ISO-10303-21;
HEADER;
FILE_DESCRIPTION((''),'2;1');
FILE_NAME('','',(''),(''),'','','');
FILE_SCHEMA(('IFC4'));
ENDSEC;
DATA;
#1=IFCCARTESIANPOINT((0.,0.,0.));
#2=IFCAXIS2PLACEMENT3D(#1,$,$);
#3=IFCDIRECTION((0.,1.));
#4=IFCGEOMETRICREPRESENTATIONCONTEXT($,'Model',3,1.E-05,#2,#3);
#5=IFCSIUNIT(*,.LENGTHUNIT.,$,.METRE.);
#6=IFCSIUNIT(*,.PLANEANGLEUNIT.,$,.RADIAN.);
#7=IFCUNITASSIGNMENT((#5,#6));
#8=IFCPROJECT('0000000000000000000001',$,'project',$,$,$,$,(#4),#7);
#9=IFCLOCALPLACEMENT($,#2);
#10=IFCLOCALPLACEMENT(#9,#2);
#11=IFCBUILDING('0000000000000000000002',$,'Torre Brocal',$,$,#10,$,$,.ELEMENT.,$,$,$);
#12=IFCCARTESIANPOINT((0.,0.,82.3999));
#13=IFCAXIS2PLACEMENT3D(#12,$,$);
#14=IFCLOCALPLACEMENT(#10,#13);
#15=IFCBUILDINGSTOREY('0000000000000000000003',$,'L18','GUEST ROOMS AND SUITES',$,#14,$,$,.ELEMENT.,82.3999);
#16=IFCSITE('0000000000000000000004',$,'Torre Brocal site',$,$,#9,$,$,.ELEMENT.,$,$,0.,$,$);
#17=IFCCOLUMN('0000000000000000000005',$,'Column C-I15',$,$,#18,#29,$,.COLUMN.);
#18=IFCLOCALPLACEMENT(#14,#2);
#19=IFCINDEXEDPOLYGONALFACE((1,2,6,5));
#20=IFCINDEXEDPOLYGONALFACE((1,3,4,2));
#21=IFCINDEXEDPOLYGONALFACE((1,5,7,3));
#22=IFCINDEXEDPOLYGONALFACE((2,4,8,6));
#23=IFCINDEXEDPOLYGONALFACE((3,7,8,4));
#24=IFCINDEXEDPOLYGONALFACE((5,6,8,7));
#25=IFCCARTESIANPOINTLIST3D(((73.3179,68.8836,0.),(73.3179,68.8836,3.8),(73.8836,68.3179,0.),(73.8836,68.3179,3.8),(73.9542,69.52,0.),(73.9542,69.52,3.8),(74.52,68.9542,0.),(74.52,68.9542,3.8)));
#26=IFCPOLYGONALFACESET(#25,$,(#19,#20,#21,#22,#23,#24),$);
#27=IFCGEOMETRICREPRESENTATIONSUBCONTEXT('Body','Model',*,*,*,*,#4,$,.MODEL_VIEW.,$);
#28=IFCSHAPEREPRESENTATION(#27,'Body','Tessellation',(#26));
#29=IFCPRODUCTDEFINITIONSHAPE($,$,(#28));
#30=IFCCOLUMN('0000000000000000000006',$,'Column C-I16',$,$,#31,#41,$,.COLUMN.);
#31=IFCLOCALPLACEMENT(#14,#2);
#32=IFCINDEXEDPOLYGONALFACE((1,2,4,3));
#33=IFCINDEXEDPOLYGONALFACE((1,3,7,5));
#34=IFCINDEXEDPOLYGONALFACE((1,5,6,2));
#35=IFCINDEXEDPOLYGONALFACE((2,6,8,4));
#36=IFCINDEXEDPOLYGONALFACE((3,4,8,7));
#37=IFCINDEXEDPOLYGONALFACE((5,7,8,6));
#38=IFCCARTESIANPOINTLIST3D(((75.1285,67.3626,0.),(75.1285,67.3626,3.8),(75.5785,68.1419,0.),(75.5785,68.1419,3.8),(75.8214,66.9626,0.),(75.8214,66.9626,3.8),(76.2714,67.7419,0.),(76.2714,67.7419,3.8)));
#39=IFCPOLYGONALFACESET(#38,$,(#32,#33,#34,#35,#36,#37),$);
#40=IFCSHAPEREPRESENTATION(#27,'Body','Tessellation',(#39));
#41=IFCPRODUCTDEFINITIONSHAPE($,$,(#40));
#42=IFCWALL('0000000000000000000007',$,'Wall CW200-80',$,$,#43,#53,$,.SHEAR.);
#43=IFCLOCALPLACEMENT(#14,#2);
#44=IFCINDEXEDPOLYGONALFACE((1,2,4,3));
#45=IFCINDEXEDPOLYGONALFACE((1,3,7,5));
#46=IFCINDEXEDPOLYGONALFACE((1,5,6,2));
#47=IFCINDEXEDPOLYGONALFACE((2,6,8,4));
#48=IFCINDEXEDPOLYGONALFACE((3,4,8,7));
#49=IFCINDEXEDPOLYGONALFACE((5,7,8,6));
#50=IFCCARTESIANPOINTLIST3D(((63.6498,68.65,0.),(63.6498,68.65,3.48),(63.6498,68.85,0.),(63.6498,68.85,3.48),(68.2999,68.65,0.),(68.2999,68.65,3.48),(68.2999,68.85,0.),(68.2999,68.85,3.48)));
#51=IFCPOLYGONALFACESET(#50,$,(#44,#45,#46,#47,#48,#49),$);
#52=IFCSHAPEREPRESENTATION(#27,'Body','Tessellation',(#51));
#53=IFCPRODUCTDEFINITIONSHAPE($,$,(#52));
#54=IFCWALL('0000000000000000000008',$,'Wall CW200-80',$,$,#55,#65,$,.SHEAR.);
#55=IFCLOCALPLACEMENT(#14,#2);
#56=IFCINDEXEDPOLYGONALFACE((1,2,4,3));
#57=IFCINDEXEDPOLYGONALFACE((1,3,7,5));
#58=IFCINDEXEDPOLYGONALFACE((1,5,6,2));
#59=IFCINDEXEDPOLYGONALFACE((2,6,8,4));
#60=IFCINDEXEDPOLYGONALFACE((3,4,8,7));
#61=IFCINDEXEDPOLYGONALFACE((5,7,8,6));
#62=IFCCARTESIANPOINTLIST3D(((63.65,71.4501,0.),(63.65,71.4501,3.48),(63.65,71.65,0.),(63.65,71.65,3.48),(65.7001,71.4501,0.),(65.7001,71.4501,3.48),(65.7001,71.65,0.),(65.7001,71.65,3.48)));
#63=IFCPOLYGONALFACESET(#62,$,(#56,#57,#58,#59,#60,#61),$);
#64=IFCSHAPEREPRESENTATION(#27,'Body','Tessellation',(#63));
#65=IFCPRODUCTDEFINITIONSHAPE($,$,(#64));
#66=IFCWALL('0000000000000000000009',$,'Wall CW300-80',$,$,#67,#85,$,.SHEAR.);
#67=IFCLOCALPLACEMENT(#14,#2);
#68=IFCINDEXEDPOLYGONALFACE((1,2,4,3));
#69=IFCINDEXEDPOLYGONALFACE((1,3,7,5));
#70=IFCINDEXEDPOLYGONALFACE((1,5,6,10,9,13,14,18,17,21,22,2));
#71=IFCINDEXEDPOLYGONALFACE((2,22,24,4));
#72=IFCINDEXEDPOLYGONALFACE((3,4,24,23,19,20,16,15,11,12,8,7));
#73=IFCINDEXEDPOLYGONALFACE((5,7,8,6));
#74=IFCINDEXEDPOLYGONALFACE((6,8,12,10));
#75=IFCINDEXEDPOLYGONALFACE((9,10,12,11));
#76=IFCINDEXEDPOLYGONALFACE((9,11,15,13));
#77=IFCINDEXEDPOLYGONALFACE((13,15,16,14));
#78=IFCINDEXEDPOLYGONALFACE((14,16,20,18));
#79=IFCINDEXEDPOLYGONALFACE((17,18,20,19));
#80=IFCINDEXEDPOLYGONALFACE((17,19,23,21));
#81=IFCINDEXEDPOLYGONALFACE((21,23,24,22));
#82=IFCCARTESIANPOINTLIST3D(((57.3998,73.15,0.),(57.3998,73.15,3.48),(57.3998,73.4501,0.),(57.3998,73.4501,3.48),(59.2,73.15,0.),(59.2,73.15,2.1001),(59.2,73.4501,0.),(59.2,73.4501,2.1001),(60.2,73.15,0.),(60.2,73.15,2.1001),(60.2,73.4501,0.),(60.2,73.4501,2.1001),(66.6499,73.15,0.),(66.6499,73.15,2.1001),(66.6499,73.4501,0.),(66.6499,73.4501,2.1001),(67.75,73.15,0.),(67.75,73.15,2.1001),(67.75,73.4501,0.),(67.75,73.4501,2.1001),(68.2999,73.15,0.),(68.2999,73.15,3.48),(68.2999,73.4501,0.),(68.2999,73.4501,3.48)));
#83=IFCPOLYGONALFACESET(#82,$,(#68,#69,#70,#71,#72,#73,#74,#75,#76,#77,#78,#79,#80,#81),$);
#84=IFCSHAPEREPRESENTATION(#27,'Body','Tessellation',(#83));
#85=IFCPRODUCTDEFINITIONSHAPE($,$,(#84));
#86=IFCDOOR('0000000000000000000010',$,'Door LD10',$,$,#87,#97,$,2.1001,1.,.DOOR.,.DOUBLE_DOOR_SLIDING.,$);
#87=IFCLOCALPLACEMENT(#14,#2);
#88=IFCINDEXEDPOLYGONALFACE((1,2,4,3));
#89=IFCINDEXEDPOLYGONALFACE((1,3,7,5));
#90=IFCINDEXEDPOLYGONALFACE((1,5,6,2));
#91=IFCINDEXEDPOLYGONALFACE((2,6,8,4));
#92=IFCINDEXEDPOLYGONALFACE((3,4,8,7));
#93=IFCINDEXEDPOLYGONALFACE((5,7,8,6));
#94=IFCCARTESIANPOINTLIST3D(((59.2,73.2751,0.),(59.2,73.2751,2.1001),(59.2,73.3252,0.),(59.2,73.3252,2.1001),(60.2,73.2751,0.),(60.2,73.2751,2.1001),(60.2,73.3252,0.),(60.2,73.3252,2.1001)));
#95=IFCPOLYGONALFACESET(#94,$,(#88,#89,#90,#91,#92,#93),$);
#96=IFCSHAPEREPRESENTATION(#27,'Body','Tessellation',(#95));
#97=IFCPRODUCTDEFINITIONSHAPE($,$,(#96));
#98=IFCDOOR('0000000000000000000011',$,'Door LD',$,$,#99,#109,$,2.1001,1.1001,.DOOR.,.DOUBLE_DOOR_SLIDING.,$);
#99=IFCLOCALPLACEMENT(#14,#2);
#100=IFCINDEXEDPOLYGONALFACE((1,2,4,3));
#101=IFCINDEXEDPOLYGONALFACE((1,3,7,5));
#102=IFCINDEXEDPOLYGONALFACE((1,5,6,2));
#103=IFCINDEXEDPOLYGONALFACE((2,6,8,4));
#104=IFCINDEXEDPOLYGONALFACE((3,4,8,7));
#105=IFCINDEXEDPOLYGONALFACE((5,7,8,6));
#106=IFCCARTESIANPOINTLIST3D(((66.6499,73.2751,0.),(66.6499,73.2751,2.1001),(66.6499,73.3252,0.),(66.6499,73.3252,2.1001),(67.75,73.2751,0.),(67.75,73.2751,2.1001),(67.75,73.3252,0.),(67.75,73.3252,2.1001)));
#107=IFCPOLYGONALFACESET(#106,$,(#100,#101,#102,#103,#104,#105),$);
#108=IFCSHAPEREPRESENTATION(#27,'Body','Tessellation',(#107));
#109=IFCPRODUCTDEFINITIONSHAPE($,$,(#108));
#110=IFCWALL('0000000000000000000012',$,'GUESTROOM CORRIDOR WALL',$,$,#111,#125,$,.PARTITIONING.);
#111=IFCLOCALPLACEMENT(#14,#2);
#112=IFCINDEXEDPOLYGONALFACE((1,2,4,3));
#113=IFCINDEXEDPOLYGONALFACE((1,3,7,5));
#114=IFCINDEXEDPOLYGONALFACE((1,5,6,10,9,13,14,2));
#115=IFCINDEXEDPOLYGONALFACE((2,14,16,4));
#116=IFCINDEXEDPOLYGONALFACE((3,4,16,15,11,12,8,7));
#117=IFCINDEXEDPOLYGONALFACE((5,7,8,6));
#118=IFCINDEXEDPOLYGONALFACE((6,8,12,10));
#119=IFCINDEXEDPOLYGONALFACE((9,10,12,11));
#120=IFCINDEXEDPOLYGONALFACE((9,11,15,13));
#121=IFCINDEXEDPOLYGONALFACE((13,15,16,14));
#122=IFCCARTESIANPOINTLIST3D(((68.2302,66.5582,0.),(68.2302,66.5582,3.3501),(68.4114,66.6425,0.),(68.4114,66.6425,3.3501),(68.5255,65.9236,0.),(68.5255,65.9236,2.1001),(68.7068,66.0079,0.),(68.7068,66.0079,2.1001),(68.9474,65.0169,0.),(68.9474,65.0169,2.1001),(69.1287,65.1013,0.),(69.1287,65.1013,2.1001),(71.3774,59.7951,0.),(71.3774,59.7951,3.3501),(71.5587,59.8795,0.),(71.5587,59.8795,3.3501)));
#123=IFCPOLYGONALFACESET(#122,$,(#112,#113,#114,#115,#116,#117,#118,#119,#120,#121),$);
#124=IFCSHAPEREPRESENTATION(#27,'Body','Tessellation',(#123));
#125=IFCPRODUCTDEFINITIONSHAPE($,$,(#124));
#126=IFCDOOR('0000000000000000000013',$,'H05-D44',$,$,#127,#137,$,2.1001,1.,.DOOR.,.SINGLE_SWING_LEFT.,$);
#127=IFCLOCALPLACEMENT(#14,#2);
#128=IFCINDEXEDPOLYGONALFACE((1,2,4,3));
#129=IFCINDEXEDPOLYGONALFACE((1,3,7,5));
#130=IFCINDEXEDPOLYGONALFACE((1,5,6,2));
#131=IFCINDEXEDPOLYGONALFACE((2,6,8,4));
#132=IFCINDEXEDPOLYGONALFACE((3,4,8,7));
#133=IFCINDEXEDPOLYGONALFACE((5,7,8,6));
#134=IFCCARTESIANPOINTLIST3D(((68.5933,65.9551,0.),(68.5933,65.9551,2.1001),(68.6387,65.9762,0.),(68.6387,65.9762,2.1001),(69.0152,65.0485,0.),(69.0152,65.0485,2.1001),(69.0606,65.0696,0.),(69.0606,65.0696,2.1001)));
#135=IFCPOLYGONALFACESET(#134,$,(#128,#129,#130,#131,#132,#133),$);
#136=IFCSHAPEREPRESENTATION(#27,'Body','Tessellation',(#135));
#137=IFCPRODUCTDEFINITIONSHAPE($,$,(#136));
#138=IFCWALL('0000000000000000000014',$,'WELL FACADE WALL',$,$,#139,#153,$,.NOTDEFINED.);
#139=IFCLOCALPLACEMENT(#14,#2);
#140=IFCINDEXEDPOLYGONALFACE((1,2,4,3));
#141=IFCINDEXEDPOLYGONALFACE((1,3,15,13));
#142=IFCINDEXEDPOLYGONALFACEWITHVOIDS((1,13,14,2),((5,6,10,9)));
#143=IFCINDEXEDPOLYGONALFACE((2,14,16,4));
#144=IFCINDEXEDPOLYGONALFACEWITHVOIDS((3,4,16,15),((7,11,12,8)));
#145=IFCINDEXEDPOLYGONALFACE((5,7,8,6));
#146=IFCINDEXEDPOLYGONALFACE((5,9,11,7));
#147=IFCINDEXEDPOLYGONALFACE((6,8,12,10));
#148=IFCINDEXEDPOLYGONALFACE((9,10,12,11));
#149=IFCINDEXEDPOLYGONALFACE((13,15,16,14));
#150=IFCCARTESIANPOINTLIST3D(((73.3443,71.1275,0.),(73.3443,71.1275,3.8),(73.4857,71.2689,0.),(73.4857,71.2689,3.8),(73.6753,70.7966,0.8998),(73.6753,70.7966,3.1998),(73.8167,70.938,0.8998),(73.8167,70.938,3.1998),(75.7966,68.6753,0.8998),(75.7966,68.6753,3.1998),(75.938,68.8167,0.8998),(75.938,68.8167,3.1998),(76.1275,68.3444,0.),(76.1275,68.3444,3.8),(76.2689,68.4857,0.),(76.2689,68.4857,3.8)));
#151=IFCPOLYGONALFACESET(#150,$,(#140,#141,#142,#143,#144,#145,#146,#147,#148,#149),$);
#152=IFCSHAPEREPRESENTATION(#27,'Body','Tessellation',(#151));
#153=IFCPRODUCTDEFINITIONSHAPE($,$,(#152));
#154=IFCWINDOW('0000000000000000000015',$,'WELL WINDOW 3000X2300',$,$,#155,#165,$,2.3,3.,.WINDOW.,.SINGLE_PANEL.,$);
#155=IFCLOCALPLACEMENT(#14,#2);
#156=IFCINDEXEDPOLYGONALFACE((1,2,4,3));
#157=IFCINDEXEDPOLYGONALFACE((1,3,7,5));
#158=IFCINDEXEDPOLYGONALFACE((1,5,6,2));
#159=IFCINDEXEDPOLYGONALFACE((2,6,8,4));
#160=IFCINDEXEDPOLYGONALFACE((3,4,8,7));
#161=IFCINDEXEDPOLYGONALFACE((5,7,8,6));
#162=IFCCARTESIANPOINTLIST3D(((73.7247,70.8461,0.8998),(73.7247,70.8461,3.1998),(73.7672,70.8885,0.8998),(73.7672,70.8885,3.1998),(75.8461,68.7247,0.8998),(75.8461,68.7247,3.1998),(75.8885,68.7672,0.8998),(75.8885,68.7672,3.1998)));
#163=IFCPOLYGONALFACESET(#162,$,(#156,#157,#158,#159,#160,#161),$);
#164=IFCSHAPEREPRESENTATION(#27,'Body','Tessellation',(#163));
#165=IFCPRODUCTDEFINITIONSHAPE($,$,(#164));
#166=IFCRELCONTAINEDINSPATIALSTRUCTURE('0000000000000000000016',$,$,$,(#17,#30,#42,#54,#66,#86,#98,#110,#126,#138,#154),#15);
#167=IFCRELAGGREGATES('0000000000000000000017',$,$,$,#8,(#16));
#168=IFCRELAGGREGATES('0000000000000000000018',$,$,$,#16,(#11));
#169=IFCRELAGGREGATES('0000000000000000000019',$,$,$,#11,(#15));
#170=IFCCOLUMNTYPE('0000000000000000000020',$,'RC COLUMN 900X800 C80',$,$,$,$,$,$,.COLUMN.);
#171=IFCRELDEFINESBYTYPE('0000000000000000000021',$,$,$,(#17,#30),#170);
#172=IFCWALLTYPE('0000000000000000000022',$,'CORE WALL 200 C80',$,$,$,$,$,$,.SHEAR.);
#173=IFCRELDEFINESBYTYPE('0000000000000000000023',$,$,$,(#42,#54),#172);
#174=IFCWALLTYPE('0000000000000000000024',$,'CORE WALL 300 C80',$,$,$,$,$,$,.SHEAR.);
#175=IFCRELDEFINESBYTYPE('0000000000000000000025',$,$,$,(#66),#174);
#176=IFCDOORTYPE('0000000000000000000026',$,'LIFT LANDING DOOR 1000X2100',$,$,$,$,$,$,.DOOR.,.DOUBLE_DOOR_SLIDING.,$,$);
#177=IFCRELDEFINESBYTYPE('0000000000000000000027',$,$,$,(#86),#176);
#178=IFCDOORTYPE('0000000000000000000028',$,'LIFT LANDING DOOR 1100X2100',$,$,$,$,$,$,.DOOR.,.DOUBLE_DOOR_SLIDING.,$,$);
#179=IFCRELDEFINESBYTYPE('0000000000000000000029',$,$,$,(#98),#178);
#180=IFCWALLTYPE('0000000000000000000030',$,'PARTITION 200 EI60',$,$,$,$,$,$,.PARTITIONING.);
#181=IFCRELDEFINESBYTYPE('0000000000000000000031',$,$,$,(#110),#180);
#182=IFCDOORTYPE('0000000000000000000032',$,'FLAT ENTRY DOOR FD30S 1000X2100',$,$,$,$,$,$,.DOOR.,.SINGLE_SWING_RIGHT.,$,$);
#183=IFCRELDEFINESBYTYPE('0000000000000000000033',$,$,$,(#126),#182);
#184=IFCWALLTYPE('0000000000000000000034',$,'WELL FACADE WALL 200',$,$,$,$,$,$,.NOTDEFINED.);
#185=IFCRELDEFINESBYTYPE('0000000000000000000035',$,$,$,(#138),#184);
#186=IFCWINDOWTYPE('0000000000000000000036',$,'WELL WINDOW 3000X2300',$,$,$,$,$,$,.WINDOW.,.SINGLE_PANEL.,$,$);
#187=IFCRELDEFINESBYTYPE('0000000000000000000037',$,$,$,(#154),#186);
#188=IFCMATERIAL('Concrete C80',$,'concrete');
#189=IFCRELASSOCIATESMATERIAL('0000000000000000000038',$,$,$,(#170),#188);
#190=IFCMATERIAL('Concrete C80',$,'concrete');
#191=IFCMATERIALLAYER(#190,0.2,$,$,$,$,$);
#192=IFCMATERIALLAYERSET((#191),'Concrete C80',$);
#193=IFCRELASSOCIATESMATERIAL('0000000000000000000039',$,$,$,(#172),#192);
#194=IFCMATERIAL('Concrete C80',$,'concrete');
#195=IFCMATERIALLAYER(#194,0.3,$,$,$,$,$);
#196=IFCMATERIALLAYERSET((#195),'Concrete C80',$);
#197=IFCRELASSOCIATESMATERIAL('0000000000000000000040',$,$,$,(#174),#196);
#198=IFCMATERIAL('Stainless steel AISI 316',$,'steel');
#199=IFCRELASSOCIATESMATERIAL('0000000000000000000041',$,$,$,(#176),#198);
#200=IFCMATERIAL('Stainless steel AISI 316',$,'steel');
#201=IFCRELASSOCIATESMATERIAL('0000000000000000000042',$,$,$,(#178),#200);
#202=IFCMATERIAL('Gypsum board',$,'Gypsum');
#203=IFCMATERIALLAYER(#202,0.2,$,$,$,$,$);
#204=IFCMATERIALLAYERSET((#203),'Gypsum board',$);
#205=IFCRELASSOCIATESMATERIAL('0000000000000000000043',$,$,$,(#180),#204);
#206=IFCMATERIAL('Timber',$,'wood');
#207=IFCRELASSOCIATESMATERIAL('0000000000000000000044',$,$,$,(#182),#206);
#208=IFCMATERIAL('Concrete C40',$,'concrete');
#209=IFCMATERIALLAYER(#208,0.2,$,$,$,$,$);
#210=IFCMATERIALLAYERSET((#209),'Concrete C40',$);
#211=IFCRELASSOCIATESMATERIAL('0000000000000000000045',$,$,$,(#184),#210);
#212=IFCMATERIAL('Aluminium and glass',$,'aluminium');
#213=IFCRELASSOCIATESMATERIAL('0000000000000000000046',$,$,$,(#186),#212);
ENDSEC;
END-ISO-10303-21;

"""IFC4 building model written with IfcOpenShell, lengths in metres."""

from ifc_helpers import new_model, si_unit, direction, frame, frame_2d, origin, origin_2d, place, context, subcontext, project, spatial, rectangle, extrude, material, layer, layer_set, material_profile, profile_set, type_object, element, fill, save


model = new_model("IFC4")

# Units and contexts
model_context = context("Model", 3, precision=1e-05, world=origin(), true_north=direction((0.0, 1.0)))
body_context = subcontext(model_context, "Body", "Model", "MODEL_VIEW")
ifc_project = project(units=[si_unit("LENGTHUNIT", "METRE"), si_unit("PLANEANGLEUNIT", "RADIAN")], contexts=[model_context])

# Site, building, storey
site_placement = place(None, origin())
site = spatial("IfcSite", under=ifc_project, at=site_placement, Name="Torre Brocal site", CompositionType="ELEMENT", RefElevation=0.0)
building_placement = place(site_placement, origin())
building = spatial("IfcBuilding", under=site, at=building_placement, Name="Torre Brocal", CompositionType="ELEMENT")
storey_placement = place(building_placement, frame((0.0, 0.0, 82.3999)))
storey = spatial("IfcBuildingStorey", under=building, at=storey_placement, Name="L18", Description="GUEST ROOMS AND SUITES", CompositionType="ELEMENT", Elevation=82.3999)

# Columns
ifc_material_1 = material(Name="Concrete C80", Category="concrete")
ifc_material_profile = material_profile(ifc_material_1, rectangle(XDim=0.8999, YDim=0.8, at=origin_2d()), Name="RC 900X800")
ifc_profile_set = profile_set([ifc_material_profile], Name="Concrete C80")
column_type = type_object("IfcColumnType", Name="RC COLUMN 900X800 C80", PredefinedType="COLUMN", material=ifc_profile_set)
for number, where, z_axis, x_axis, name in (
    (1, (73.9189, 68.9189, 0.0), (0.0, 0.0, 1.0), (-0.707107, -0.707107, 0.0), "Column C-I15"),
    (2, (75.7, 67.5522, 0.0), (0.0, 0.0, 1.0), (-0.5, -0.866025, 0.0), "Column C-I16"),
):
    element("IfcColumn", number, at=place(storey_placement, frame(where, z_axis=z_axis, x_axis=x_axis)), inside=storey, type_object=column_type, Name=name, PredefinedType="COLUMN", context=body_context, shape_type="SweptSolid", body=[
        extrude(rectangle(XDim=0.8999, YDim=0.8, at=origin_2d()), origin(), (0.0, 0.0, 1.0), 3.8),
    ])

# Walls
ifc_material_2 = material(Name="Concrete C80", Category="concrete")
ifc_layer_1 = layer(ifc_material_2, 0.2)
ifc_layer_set_1 = layer_set([ifc_layer_1], Name="Concrete C80")
wall_type_1 = type_object("IfcWallType", Name="CORE WALL 200 C80", PredefinedType="SHEAR", material=ifc_layer_set_1)
wall_1_placement = place(storey_placement, frame((68.3, 68.75, 0.0), z_axis=(0.0, 0.0, 1.0), x_axis=(-1.0, 0.0, 0.0)))
element("IfcWall", 3, at=wall_1_placement, inside=storey, type_object=wall_type_1, Name="Wall CW200-80", PredefinedType="SHEAR", context=body_context, shape_type="SweptSolid", body=[
    extrude(rectangle(XDim=4.6501, YDim=0.2, at=frame_2d((2.3252, 0.0))), origin(), (0.0, 0.0, 1.0), 3.48),
])
wall_2_placement = place(storey_placement, frame((65.7, 71.55, 0.0), z_axis=(0.0, 0.0, 1.0), x_axis=(-1.0, 0.0, 0.0)))
element("IfcWall", 4, at=wall_2_placement, inside=storey, type_object=wall_type_1, Name="Wall CW200-80", PredefinedType="SHEAR", context=body_context, shape_type="SweptSolid", body=[
    extrude(rectangle(XDim=2.05, YDim=0.2, at=frame_2d((1.0249, 0.0))), origin(), (0.0, 0.0, 1.0), 3.48),
])

# Wall, openings, doors
ifc_material_3 = material(Name="Concrete C80", Category="concrete")
ifc_layer_2 = layer(ifc_material_3, 0.3)
ifc_layer_set_2 = layer_set([ifc_layer_2], Name="Concrete C80")
wall_type_2 = type_object("IfcWallType", Name="CORE WALL 300 C80", PredefinedType="SHEAR", material=ifc_layer_set_2)
wall_3_placement = place(storey_placement, frame((68.3, 73.3, 0.0), z_axis=(0.0, 0.0, 1.0), x_axis=(-1.0, 0.0, 0.0)))
wall_3 = element("IfcWall", 5, at=wall_3_placement, inside=storey, type_object=wall_type_2, Name="Wall CW300-80", PredefinedType="SHEAR", context=body_context, shape_type="SweptSolid", body=[
    extrude(rectangle(XDim=10.9001, YDim=0.3, at=frame_2d((5.4502, 0.0))), origin(), (0.0, 0.0, 1.0), 3.48),
])
opening_1_placement = place(wall_3_placement, frame((0.55, 0.0, 0.0)))
opening_1 = element("IfcOpeningElement", 6, at=opening_1_placement, cuts=wall_3, PredefinedType="OPENING", context=body_context, shape_type="SweptSolid", body=[
    extrude(rectangle(XDim=1.1001, YDim=2.1001, at=frame_2d((0.55, 1.05))), frame((0.0, 0.1599, 0.0), z_axis=(0.0, -1.0, 0.0), x_axis=(1.0, 0.0, 0.0)), (0.0, 0.0, 1.0), 0.3201),
])
opening_2_placement = place(wall_3_placement, frame((8.1001, 0.0, 0.0)))
opening_2 = element("IfcOpeningElement", 7, at=opening_2_placement, cuts=wall_3, PredefinedType="OPENING", context=body_context, shape_type="SweptSolid", body=[
    extrude(rectangle(XDim=1.0, YDim=2.1001, at=frame_2d((0.5, 1.05))), frame((0.0, 0.1599, 0.0), z_axis=(0.0, -1.0, 0.0), x_axis=(1.0, 0.0, 0.0)), (0.0, 0.0, 1.0), 0.3201),
])
ifc_material_4 = material(Name="Stainless steel AISI 316", Category="steel")
door_type_1 = type_object("IfcDoorType", Name="LIFT LANDING DOOR 1000X2100", OperationType="DOUBLE_DOOR_SLIDING", PredefinedType="DOOR", material=ifc_material_4)
door_1_placement = place(opening_2_placement, origin())
door_1 = element("IfcDoor", 8, at=door_1_placement, inside=storey, type_object=door_type_1, Name="Door LD10", OperationType="DOUBLE_DOOR_SLIDING", OverallHeight=2.1001, OverallWidth=1.0, PredefinedType="DOOR", context=body_context, shape_type="SweptSolid", body=[
    extrude(rectangle(XDim=1.0, YDim=2.1001, at=frame_2d((0.5, 1.05))), frame((0.0, 0.0249, 0.0), z_axis=(0.0, -1.0, 0.0), x_axis=(1.0, 0.0, 0.0)), (0.0, 0.0, 1.0), 0.05),
])
fill(opening_2, door_1)
ifc_material_5 = material(Name="Stainless steel AISI 316", Category="steel")
door_type_2 = type_object("IfcDoorType", Name="LIFT LANDING DOOR 1100X2100", OperationType="DOUBLE_DOOR_SLIDING", PredefinedType="DOOR", material=ifc_material_5)
door_2_placement = place(opening_1_placement, origin())
door_2 = element("IfcDoor", 9, at=door_2_placement, inside=storey, type_object=door_type_2, Name="Door LD", OperationType="DOUBLE_DOOR_SLIDING", OverallHeight=2.1001, OverallWidth=1.1001, PredefinedType="DOOR", context=body_context, shape_type="SweptSolid", body=[
    extrude(rectangle(XDim=1.1001, YDim=2.1001, at=frame_2d((0.55, 1.05))), frame((0.0, 0.0249, 0.0), z_axis=(0.0, -1.0, 0.0), x_axis=(1.0, 0.0, 0.0)), (0.0, 0.0, 1.0), 0.05),
])
fill(opening_1, door_2)

# Wall, opening, door
ifc_material_6 = material(Name="Gypsum board", Category="Gypsum")
ifc_layer_3 = layer(ifc_material_6, 0.2)
ifc_layer_set_3 = layer_set([ifc_layer_3], Name="Gypsum board")
wall_type_3 = type_object("IfcWallType", Name="PARTITION 200 EI60", PredefinedType="PARTITIONING", material=ifc_layer_set_3)
wall_4_placement = place(storey_placement, frame((68.3208, 66.6003, 0.0), z_axis=(0.0, 0.0, 1.0), x_axis=(0.421914, -0.906636, 0.0)))
wall_4 = element("IfcWall", 10, at=wall_4_placement, inside=storey, type_object=wall_type_3, Name="GUESTROOM CORRIDOR WALL", PredefinedType="PARTITIONING", context=body_context, shape_type="SweptSolid", body=[
    extrude(rectangle(XDim=7.4595, YDim=0.2, at=frame_2d((3.7297, 0.0))), origin(), (0.0, 0.0, 1.0), 3.3501),
])
opening_3_placement = place(wall_4_placement, frame((0.7, 0.0, 0.0)))
opening_3 = element("IfcOpeningElement", 11, at=opening_3_placement, cuts=wall_4, PredefinedType="OPENING", context=body_context, shape_type="SweptSolid", body=[
    extrude(rectangle(XDim=1.0, YDim=2.1001, at=frame_2d((0.5, 1.05))), frame((0.0, 0.1099, 0.0), z_axis=(0.0, -1.0, 0.0), x_axis=(1.0, 0.0, 0.0)), (0.0, 0.0, 1.0), 0.22),
])
ifc_material_7 = material(Name="Timber", Category="wood")
door_type_3 = type_object("IfcDoorType", Name="FLAT ENTRY DOOR FD30S 1000X2100", OperationType="SINGLE_SWING_RIGHT", PredefinedType="DOOR", material=ifc_material_7)
door_3_placement = place(opening_3_placement, origin())
door_3 = element("IfcDoor", 12, at=door_3_placement, inside=storey, type_object=door_type_3, Name="H05-D44", OperationType="SINGLE_SWING_LEFT", OverallHeight=2.1001, OverallWidth=1.0, PredefinedType="DOOR", context=body_context, shape_type="SweptSolid", body=[
    extrude(rectangle(XDim=1.0, YDim=2.1001, at=frame_2d((0.5, 1.05))), frame((0.0, 0.0249, 0.0), z_axis=(0.0, -1.0, 0.0), x_axis=(1.0, 0.0, 0.0)), (0.0, 0.0, 1.0), 0.05),
])
fill(opening_3, door_3)

# Wall, opening, window
ifc_material_8 = material(Name="Concrete C40", Category="concrete")
ifc_layer_4 = layer(ifc_material_8, 0.2)
ifc_layer_set_4 = layer_set([ifc_layer_4], Name="Concrete C40")
wall_type_4 = type_object("IfcWallType", Name="WELL FACADE WALL 200", PredefinedType="NOTDEFINED", material=ifc_layer_set_4)
wall_5_placement = place(storey_placement, frame((73.415, 71.1982, 0.0), z_axis=(0.0, 0.0, 1.0), x_axis=(0.707107, -0.707107, 0.0)))
wall_5 = element("IfcWall", 13, at=wall_5_placement, inside=storey, type_object=wall_type_4, Name="WELL FACADE WALL", PredefinedType="NOTDEFINED", context=body_context, shape_type="SweptSolid", body=[
    extrude(rectangle(XDim=3.936, YDim=0.2, at=frame_2d((1.968, 0.0))), origin(), (0.0, 0.0, 1.0), 3.8),
])
opening_4_placement = place(wall_5_placement, frame((0.468, 0.0, 0.8999)))
opening_4 = element("IfcOpeningElement", 14, at=opening_4_placement, cuts=wall_5, PredefinedType="OPENING", context=body_context, shape_type="SweptSolid", body=[
    extrude(rectangle(XDim=3.0, YDim=2.3, at=frame_2d((1.5, 1.1499))), frame((0.0, 0.1099, 0.0), z_axis=(0.0, -1.0, 0.0), x_axis=(1.0, 0.0, 0.0)), (0.0, 0.0, 1.0), 0.22),
])
ifc_material_9 = material(Name="Aluminium and glass", Category="aluminium")
window_type = type_object("IfcWindowType", Name="WELL WINDOW 3000X2300", PartitioningType="SINGLE_PANEL", PredefinedType="WINDOW", material=ifc_material_9)
window_1_placement = place(opening_4_placement, origin())
window_1 = element("IfcWindow", 15, at=window_1_placement, inside=storey, type_object=window_type, Name="WELL WINDOW 3000X2300", OverallHeight=2.3, OverallWidth=3.0, PartitioningType="SINGLE_PANEL", PredefinedType="WINDOW", context=body_context, shape_type="SweptSolid", body=[
    extrude(rectangle(XDim=3.0, YDim=2.3, at=frame_2d((1.5, 1.1499))), frame((0.0, 0.03, 0.0), z_axis=(0.0, -1.0, 0.0), x_axis=(1.0, 0.0, 0.0)), (0.0, 0.0, 1.0), 0.0601),
])
fill(opening_4, window_1)

save(model, "model.ifc")
